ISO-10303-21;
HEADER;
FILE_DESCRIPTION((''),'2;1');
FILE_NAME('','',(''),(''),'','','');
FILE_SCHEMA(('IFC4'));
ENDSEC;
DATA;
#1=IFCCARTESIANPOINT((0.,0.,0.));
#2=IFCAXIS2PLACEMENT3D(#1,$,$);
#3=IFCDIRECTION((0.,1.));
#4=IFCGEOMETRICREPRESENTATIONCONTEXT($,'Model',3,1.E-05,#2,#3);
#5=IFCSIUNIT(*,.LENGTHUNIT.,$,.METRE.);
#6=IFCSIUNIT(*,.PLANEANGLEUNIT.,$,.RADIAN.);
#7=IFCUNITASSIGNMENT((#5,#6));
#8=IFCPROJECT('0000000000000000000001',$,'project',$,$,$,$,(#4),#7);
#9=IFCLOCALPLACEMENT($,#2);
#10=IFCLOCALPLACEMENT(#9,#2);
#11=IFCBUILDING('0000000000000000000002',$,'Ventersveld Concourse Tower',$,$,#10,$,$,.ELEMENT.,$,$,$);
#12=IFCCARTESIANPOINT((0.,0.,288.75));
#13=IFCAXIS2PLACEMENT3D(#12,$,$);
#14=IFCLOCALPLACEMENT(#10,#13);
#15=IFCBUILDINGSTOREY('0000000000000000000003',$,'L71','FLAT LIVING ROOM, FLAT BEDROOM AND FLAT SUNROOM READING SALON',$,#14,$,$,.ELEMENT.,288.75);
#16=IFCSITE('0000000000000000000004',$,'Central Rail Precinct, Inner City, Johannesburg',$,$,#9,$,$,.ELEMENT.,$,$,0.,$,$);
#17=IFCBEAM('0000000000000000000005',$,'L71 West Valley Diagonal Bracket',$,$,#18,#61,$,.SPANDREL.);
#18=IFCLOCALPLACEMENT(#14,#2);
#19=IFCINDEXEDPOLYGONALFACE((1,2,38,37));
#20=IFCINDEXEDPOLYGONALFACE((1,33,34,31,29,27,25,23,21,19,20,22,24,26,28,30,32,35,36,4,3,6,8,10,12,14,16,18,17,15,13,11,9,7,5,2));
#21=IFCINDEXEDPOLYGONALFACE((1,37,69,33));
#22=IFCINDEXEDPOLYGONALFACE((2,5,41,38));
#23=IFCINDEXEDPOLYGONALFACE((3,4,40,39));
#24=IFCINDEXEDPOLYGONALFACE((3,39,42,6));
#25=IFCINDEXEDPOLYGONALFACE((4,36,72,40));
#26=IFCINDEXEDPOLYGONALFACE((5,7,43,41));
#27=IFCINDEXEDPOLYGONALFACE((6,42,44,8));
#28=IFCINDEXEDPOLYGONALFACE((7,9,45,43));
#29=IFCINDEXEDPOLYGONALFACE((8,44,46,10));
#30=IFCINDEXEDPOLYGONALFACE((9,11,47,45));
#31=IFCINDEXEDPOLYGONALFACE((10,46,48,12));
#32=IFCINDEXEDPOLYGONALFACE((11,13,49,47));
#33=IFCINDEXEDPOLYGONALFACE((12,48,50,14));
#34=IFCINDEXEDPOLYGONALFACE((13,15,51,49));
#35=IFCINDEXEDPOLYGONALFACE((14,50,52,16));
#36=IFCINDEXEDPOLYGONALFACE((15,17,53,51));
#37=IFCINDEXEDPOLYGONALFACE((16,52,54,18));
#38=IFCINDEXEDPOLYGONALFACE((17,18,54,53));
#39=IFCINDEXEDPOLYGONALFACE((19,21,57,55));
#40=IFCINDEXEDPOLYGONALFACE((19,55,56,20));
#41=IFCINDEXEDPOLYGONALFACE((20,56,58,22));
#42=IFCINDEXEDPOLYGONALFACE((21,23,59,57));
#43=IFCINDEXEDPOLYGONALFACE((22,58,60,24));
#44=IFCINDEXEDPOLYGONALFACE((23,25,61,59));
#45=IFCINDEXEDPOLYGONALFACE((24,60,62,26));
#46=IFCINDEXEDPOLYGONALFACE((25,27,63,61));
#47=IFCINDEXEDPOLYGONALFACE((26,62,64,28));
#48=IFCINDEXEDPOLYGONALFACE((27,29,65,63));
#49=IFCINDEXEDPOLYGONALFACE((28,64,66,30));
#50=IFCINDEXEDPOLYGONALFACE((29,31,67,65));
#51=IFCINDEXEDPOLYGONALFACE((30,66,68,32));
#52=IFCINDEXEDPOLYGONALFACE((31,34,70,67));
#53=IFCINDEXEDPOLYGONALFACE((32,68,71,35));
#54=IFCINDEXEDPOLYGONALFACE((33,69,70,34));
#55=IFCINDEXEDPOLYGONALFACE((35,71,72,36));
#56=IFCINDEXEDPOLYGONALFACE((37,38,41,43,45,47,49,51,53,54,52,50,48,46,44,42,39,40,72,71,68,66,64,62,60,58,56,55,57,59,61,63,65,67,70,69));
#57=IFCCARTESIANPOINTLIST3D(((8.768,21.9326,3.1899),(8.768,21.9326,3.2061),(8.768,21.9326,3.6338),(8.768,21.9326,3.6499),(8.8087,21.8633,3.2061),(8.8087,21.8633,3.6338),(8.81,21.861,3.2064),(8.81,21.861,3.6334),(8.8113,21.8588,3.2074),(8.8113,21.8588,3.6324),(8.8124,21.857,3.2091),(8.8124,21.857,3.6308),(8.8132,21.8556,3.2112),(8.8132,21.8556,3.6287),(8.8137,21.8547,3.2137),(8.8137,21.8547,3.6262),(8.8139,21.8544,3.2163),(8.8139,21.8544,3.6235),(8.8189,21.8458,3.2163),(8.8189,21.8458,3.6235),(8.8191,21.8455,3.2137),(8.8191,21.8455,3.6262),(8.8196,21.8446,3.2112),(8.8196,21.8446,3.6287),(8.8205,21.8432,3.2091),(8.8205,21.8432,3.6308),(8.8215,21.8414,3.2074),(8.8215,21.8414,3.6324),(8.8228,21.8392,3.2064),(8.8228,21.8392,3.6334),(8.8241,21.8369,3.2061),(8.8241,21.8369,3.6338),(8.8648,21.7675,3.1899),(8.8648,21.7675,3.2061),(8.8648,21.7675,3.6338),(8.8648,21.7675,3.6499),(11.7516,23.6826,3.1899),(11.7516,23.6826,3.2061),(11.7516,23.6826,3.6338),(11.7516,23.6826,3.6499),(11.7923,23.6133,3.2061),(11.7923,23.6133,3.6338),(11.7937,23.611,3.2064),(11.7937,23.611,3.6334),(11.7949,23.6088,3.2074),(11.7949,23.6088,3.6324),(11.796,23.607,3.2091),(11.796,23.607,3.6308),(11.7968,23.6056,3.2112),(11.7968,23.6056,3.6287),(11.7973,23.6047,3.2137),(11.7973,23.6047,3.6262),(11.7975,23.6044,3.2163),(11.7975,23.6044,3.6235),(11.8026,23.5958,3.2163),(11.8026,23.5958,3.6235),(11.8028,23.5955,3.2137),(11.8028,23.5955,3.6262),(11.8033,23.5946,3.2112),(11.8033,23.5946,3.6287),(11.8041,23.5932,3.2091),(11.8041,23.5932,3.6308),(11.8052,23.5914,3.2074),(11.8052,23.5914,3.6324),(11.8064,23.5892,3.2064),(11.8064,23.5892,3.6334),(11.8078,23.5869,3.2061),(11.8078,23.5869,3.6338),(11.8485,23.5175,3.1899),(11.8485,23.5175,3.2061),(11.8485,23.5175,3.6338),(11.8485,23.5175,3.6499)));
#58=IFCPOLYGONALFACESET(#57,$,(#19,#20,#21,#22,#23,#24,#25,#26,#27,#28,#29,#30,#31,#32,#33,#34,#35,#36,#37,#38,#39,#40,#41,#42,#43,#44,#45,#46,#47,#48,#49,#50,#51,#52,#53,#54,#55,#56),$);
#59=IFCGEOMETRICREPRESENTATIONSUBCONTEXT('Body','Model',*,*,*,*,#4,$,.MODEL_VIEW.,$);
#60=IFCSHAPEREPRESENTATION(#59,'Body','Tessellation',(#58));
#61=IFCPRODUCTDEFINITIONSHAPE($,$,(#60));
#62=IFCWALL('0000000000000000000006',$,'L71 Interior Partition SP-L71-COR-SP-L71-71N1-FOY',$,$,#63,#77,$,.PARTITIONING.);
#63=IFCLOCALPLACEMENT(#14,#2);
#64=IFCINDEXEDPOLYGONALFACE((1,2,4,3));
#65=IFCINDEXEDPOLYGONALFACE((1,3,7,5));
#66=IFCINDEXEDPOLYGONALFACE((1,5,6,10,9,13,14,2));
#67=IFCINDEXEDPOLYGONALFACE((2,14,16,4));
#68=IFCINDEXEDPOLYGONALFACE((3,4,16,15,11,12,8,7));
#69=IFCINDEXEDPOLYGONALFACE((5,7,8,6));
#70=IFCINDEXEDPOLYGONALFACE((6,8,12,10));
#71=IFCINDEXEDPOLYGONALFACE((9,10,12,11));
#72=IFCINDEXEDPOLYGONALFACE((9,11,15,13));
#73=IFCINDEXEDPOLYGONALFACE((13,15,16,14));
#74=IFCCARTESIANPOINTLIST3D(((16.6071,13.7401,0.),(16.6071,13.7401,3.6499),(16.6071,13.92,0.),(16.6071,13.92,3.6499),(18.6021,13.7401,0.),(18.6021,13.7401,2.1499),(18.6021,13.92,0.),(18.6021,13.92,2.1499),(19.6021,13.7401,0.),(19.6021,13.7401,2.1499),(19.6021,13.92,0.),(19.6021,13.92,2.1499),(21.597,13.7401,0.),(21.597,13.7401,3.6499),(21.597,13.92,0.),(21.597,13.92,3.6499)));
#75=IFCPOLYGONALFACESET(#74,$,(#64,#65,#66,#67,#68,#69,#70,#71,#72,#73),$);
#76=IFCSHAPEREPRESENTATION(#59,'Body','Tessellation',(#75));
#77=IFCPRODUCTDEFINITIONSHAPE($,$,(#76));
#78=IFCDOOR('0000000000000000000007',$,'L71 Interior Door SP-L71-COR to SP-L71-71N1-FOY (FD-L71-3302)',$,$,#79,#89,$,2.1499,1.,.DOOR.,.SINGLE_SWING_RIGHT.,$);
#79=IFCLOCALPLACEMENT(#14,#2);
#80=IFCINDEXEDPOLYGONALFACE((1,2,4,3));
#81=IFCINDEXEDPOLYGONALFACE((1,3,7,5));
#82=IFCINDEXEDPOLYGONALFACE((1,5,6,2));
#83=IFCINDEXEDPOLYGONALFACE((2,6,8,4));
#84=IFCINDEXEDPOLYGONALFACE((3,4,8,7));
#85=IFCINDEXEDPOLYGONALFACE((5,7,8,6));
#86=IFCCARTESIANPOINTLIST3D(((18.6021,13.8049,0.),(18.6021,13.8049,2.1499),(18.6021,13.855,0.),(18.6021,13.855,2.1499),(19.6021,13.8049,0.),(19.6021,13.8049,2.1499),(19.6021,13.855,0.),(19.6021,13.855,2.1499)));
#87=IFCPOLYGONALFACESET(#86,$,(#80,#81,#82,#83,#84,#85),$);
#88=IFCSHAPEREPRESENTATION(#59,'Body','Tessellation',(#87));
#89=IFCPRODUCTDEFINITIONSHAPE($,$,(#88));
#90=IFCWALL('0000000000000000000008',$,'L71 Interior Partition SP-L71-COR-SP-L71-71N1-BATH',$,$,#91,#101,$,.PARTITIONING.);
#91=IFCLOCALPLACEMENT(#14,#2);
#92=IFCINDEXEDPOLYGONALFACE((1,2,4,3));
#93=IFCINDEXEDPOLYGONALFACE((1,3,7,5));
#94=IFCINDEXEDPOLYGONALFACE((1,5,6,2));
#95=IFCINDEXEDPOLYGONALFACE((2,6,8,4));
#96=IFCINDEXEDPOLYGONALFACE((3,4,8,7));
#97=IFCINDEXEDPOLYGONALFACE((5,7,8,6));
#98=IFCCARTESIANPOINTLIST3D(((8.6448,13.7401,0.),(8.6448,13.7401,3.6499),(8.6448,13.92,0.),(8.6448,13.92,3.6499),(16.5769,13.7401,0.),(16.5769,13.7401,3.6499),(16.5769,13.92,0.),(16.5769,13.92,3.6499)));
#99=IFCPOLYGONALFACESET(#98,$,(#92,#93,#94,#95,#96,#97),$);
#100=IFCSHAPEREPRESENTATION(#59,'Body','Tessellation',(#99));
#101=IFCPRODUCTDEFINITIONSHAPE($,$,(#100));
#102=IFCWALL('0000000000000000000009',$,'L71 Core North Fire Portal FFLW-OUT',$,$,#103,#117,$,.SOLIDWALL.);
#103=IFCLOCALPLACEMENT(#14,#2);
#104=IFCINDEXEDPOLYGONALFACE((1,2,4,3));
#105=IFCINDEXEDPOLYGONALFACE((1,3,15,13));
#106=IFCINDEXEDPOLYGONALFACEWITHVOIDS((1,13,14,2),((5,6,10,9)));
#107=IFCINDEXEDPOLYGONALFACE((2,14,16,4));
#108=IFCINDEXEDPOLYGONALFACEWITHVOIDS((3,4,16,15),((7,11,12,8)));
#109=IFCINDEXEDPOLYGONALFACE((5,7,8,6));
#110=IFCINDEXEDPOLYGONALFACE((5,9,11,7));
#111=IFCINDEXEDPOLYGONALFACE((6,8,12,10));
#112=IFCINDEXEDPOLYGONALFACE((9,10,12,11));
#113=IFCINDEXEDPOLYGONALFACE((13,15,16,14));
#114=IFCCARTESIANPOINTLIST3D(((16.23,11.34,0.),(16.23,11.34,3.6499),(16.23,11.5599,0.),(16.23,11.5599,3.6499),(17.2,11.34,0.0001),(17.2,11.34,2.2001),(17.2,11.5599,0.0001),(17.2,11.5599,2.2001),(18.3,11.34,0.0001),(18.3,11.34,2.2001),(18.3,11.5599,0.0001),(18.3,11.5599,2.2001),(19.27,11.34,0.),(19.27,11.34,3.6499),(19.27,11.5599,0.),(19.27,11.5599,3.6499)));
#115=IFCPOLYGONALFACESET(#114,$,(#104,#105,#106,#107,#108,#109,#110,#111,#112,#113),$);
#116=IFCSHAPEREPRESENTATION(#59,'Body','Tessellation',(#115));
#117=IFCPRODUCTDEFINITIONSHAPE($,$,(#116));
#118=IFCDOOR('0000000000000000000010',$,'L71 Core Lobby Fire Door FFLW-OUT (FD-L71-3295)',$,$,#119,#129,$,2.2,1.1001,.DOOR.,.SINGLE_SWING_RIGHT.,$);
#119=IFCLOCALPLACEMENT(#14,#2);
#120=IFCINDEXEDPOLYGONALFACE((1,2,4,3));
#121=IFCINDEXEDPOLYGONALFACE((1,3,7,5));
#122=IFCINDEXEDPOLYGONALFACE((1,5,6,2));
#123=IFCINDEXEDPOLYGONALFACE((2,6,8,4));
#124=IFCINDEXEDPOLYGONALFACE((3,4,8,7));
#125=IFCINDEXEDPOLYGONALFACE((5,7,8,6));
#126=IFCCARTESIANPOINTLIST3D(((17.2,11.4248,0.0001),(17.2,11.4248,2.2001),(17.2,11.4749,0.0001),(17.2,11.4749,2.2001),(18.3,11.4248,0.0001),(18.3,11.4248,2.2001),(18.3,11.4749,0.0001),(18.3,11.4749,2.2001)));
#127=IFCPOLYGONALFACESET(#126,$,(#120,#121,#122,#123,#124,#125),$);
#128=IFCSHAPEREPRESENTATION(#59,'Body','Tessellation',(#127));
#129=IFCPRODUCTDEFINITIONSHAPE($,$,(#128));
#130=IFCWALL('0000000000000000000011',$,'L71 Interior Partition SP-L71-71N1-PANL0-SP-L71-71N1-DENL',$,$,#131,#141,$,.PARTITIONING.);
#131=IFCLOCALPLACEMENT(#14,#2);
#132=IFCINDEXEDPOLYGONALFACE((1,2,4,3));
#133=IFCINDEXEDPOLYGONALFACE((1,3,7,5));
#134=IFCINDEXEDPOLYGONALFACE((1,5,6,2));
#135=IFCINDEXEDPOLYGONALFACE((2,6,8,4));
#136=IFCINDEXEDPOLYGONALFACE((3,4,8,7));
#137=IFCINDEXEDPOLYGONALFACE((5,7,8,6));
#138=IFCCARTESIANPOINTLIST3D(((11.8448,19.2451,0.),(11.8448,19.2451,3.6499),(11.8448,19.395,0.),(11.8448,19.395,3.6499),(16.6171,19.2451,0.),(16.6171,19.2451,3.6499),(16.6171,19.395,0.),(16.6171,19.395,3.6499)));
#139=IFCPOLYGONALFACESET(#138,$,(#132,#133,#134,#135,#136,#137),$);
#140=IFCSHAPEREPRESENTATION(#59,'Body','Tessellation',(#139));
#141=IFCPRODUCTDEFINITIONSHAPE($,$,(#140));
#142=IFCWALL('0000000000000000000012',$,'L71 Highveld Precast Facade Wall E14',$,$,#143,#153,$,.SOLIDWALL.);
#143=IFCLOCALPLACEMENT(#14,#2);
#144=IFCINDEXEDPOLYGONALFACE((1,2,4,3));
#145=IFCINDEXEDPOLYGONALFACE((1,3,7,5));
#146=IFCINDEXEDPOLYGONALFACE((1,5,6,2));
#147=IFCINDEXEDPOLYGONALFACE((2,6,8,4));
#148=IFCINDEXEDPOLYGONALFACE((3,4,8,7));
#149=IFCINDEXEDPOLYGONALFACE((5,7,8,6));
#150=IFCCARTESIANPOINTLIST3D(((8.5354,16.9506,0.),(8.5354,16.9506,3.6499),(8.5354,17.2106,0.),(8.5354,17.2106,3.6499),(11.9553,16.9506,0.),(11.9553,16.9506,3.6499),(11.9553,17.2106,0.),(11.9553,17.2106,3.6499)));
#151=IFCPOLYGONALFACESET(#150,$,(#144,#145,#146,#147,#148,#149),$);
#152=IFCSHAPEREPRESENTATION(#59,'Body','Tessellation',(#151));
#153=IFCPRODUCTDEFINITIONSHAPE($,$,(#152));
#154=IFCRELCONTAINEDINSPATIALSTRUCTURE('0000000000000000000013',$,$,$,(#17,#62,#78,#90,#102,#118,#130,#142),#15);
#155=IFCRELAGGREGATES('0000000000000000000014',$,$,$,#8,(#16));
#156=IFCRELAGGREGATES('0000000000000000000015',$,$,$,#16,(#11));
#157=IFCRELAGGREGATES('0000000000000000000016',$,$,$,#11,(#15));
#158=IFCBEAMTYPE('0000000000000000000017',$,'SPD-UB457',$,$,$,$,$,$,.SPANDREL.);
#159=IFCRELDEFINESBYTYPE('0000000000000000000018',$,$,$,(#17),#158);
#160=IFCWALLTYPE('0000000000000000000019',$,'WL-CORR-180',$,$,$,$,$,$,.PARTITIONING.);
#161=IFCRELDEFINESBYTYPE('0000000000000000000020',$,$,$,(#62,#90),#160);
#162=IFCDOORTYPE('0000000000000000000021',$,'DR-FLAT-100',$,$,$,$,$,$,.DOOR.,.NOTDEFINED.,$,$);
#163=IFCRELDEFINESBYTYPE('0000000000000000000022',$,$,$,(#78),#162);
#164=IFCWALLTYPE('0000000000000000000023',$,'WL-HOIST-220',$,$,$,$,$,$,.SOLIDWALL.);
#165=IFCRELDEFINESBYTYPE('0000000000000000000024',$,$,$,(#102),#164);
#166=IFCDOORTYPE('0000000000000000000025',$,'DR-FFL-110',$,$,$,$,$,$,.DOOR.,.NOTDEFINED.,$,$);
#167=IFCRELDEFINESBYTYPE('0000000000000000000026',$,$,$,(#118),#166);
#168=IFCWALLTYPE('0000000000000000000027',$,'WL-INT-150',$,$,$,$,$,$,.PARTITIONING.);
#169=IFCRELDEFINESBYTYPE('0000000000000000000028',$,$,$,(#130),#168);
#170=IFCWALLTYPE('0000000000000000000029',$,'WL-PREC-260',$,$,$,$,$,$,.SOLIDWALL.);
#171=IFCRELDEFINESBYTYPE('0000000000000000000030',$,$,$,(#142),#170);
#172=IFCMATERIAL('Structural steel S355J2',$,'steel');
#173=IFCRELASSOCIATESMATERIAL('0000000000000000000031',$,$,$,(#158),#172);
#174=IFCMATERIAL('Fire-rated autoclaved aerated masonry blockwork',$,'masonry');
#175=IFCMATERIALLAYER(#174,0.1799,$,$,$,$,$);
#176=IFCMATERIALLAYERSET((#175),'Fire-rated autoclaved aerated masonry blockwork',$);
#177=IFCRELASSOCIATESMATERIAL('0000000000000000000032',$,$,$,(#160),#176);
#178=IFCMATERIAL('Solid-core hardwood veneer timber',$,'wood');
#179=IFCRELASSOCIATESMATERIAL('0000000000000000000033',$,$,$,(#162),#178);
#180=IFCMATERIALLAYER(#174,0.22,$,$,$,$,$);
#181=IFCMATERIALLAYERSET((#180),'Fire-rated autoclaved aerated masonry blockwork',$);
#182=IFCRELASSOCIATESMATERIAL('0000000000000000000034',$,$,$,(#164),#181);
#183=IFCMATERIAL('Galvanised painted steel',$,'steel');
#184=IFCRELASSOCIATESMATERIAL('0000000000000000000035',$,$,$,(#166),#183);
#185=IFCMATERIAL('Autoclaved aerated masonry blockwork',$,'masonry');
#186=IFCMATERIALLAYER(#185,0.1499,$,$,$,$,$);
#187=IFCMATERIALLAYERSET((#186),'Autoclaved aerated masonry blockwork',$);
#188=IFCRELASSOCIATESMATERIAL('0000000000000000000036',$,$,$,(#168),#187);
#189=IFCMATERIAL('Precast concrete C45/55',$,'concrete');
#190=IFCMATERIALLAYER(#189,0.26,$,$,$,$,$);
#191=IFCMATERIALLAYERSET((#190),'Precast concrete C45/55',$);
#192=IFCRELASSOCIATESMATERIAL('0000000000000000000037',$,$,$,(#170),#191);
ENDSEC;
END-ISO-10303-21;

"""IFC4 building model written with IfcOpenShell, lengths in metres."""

from ifc_helpers import new_model, si_unit, direction, frame, frame_2d, origin, origin_2d, place, context, subcontext, project, spatial, rectangle, i_section, extrude, material, layer, layer_set, material_profile, profile_set, type_object, element, fill, save


model = new_model("IFC4")

# Units and contexts
model_context = context("Model", 3, precision=1e-05, world=origin(), true_north=direction((0.0, 1.0)))
body_context = subcontext(model_context, "Body", "Model", "MODEL_VIEW")
ifc_project = project(units=[si_unit("LENGTHUNIT", "METRE"), si_unit("PLANEANGLEUNIT", "RADIAN")], contexts=[model_context])

# Site, building, storey
site_placement = place(None, origin())
site = spatial("IfcSite", under=ifc_project, at=site_placement, Name="Central Rail Precinct, Inner City, Johannesburg", CompositionType="ELEMENT", RefElevation=0.0)
building_placement = place(site_placement, origin())
building = spatial("IfcBuilding", under=site, at=building_placement, Name="Ventersveld Concourse Tower", CompositionType="ELEMENT")
storey_placement = place(building_placement, frame((0.0, 0.0, 288.75)))
storey = spatial("IfcBuildingStorey", under=building, at=storey_placement, Name="L71", Description="FLAT LIVING ROOM, FLAT BEDROOM AND FLAT SUNROOM READING SALON", CompositionType="ELEMENT", Elevation=288.75)

# Beam
ifc_material_1 = material(Name="Structural steel S355J2", Category="steel")
ifc_material_profile = material_profile(ifc_material_1, i_section(OverallWidth=0.1914, OverallDepth=0.46, WebThickness=0.01, FlangeThickness=0.0161, FilletRadius=0.0103, at=origin_2d()), Name="UB 457x191x82")
ifc_profile_set = profile_set([ifc_material_profile], Name="Structural steel S355J2")
beam_type = type_object("IfcBeamType", Name="SPD-UB457", PredefinedType="SPANDREL", material=ifc_profile_set)
beam_placement = place(storey_placement, frame((8.8164, 21.8501, 3.4199), z_axis=(0.862576, 0.505928, 0.0), x_axis=(-0.505928, 0.862576, 0.0)))
element("IfcBeam", 1, at=beam_placement, inside=storey, type_object=beam_type, Name="L71 West Valley Diagonal Bracket", PredefinedType="SPANDREL", context=body_context, shape_type="SweptSolid", body=[
    extrude(i_section(OverallWidth=0.1914, OverallDepth=0.46, WebThickness=0.01, FlangeThickness=0.0161, FilletRadius=0.0103, at=origin_2d()), origin(), (0.0, 0.0, 1.0), 3.459),
])

# Wall, opening, door
ifc_material_2 = material(Name="Fire-rated autoclaved aerated masonry blockwork", Category="masonry")
ifc_layer_1 = layer(ifc_material_2, 0.1799)
ifc_layer_set_1 = layer_set([ifc_layer_1], Name="Fire-rated autoclaved aerated masonry blockwork")
wall_type_1 = type_object("IfcWallType", Name="WL-CORR-180", PredefinedType="PARTITIONING", material=ifc_layer_set_1)
ifc_material_3 = material(Name="Solid-core hardwood veneer timber", Category="wood")
door_type_1 = type_object("IfcDoorType", Name="DR-FLAT-100", OperationType="NOTDEFINED", PredefinedType="DOOR", material=ifc_material_3)
wall_1_placement = place(storey_placement, frame((16.6069, 13.8301, 0.0), z_axis=(0.0, 0.0, 1.0), x_axis=(1.0, 0.0, 0.0)))
wall_1 = element("IfcWall", 2, at=wall_1_placement, inside=storey, type_object=wall_type_1, Name="L71 Interior Partition SP-L71-COR-SP-L71-71N1-FOY", PredefinedType="PARTITIONING", context=body_context, shape_type="SweptSolid", body=[
    extrude(rectangle(XDim=4.99, YDim=0.1799, at=frame_2d((2.4951, 0.0))), origin(), (0.0, 0.0, 1.0), 3.6499),
])
opening_1_placement = place(wall_1_placement, frame((1.9951, 0.0, 0.0)))
opening_1 = element("IfcOpeningElement", 3, at=opening_1_placement, cuts=wall_1, PredefinedType="OPENING", context=body_context, shape_type="SweptSolid", body=[
    extrude(rectangle(XDim=1.0, YDim=2.1499, at=frame_2d((0.5, 1.075))), frame((0.0, 0.1001, 0.0), z_axis=(0.0, -1.0, 0.0), x_axis=(1.0, 0.0, 0.0)), (0.0, 0.0, 1.0), 0.2),
])
door_1_placement = place(opening_1_placement, origin())
door_1 = element("IfcDoor", 4, at=door_1_placement, inside=storey, type_object=door_type_1, Name="L71 Interior Door SP-L71-COR to SP-L71-71N1-FOY (FD-L71-3302)", OperationType="SINGLE_SWING_RIGHT", OverallHeight=2.1499, OverallWidth=1.0, PredefinedType="DOOR", context=body_context, shape_type="SweptSolid", body=[
    extrude(rectangle(XDim=1.0, YDim=2.1499, at=frame_2d((0.5, 1.075))), frame((0.0, 0.0249, 0.0), z_axis=(0.0, -1.0, 0.0), x_axis=(1.0, 0.0, 0.0)), (0.0, 0.0, 1.0), 0.05),
])
fill(opening_1, door_1)

# Wall
wall_2_placement = place(storey_placement, frame((8.6448, 13.8301, 0.0), z_axis=(0.0, 0.0, 1.0), x_axis=(1.0, 0.0, 0.0)))
element("IfcWall", 5, at=wall_2_placement, inside=storey, type_object=wall_type_1, Name="L71 Interior Partition SP-L71-COR-SP-L71-71N1-BATH", PredefinedType="PARTITIONING", context=body_context, shape_type="SweptSolid", body=[
    extrude(rectangle(XDim=7.9321, YDim=0.1799, at=frame_2d((3.9661, 0.0))), origin(), (0.0, 0.0, 1.0), 3.6499),
])

# Wall, opening, door
ifc_layer_2 = layer(ifc_material_2, 0.22)
ifc_layer_set_2 = layer_set([ifc_layer_2], Name="Fire-rated autoclaved aerated masonry blockwork")
wall_type_2 = type_object("IfcWallType", Name="WL-HOIST-220", PredefinedType="SOLIDWALL", material=ifc_layer_set_2)
wall_3_placement = place(storey_placement, frame((16.23, 11.45, 0.0), z_axis=(0.0, 0.0, 1.0), x_axis=(1.0, 0.0, 0.0)))
wall_3 = element("IfcWall", 6, at=wall_3_placement, inside=storey, type_object=wall_type_2, Name="L71 Core North Fire Portal FFLW-OUT", PredefinedType="SOLIDWALL", context=body_context, shape_type="SweptSolid", body=[
    extrude(rectangle(XDim=3.04, YDim=0.22, at=frame_2d((1.52, 0.0))), origin(), (0.0, 0.0, 1.0), 3.6499),
])
opening_2_placement = place(wall_3_placement, frame((0.97, 0.0, 0.0)))
opening_2 = element("IfcOpeningElement", 7, at=opening_2_placement, cuts=wall_3, PredefinedType="OPENING", context=body_context, shape_type="SweptSolid", body=[
    extrude(rectangle(XDim=1.1001, YDim=2.2, at=frame_2d((0.55, 1.1001))), frame((0.0, 0.1201, 0.0), z_axis=(0.0, -1.0, 0.0), x_axis=(1.0, 0.0, 0.0)), (0.0, 0.0, 1.0), 0.24),
])
ifc_material_4 = material(Name="Galvanised painted steel", Category="steel")
door_type_2 = type_object("IfcDoorType", Name="DR-FFL-110", OperationType="NOTDEFINED", PredefinedType="DOOR", material=ifc_material_4)
door_2_placement = place(opening_2_placement, origin())
door_2 = element("IfcDoor", 8, at=door_2_placement, inside=storey, type_object=door_type_2, Name="L71 Core Lobby Fire Door FFLW-OUT (FD-L71-3295)", OperationType="SINGLE_SWING_RIGHT", OverallHeight=2.2, OverallWidth=1.1001, PredefinedType="DOOR", context=body_context, shape_type="SweptSolid", body=[
    extrude(rectangle(XDim=1.1001, YDim=2.2, at=frame_2d((0.55, 1.1001))), frame((0.0, 0.0249, 0.0), z_axis=(0.0, -1.0, 0.0), x_axis=(1.0, 0.0, 0.0)), (0.0, 0.0, 1.0), 0.05),
])
fill(opening_2, door_2)

# Walls
ifc_material_5 = material(Name="Autoclaved aerated masonry blockwork", Category="masonry")
ifc_layer_3 = layer(ifc_material_5, 0.1499)
ifc_layer_set_3 = layer_set([ifc_layer_3], Name="Autoclaved aerated masonry blockwork")
wall_type_3 = type_object("IfcWallType", Name="WL-INT-150", PredefinedType="PARTITIONING", material=ifc_layer_set_3)
wall_4_placement = place(storey_placement, frame((11.8447, 19.3201, 0.0), z_axis=(0.0, 0.0, 1.0), x_axis=(1.0, 0.0, 0.0)))
element("IfcWall", 9, at=wall_4_placement, inside=storey, type_object=wall_type_3, Name="L71 Interior Partition SP-L71-71N1-PANL0-SP-L71-71N1-DENL", PredefinedType="PARTITIONING", context=body_context, shape_type="SweptSolid", body=[
    extrude(rectangle(XDim=4.7722, YDim=0.1499, at=frame_2d((2.3862, 0.0))), origin(), (0.0, 0.0, 1.0), 3.6499),
])
ifc_material_6 = material(Name="Precast concrete C45/55", Category="concrete")
ifc_layer_4 = layer(ifc_material_6, 0.26)
ifc_layer_set_4 = layer_set([ifc_layer_4], Name="Precast concrete C45/55")
wall_type_4 = type_object("IfcWallType", Name="WL-PREC-260", PredefinedType="SOLIDWALL", material=ifc_layer_set_4)
wall_5_placement = place(storey_placement, frame((11.9553, 17.0806, 0.0), z_axis=(0.0, 0.0, 1.0), x_axis=(-1.0, 0.0, 0.0)))
element("IfcWall", 10, at=wall_5_placement, inside=storey, type_object=wall_type_4, Name="L71 Highveld Precast Facade Wall E14", PredefinedType="SOLIDWALL", context=body_context, shape_type="SweptSolid", body=[
    extrude(rectangle(XDim=3.4199, YDim=0.26, at=frame_2d((1.71, 0.0))), origin(), (0.0, 0.0, 1.0), 3.6499),
])

save(model, "model.ifc")
